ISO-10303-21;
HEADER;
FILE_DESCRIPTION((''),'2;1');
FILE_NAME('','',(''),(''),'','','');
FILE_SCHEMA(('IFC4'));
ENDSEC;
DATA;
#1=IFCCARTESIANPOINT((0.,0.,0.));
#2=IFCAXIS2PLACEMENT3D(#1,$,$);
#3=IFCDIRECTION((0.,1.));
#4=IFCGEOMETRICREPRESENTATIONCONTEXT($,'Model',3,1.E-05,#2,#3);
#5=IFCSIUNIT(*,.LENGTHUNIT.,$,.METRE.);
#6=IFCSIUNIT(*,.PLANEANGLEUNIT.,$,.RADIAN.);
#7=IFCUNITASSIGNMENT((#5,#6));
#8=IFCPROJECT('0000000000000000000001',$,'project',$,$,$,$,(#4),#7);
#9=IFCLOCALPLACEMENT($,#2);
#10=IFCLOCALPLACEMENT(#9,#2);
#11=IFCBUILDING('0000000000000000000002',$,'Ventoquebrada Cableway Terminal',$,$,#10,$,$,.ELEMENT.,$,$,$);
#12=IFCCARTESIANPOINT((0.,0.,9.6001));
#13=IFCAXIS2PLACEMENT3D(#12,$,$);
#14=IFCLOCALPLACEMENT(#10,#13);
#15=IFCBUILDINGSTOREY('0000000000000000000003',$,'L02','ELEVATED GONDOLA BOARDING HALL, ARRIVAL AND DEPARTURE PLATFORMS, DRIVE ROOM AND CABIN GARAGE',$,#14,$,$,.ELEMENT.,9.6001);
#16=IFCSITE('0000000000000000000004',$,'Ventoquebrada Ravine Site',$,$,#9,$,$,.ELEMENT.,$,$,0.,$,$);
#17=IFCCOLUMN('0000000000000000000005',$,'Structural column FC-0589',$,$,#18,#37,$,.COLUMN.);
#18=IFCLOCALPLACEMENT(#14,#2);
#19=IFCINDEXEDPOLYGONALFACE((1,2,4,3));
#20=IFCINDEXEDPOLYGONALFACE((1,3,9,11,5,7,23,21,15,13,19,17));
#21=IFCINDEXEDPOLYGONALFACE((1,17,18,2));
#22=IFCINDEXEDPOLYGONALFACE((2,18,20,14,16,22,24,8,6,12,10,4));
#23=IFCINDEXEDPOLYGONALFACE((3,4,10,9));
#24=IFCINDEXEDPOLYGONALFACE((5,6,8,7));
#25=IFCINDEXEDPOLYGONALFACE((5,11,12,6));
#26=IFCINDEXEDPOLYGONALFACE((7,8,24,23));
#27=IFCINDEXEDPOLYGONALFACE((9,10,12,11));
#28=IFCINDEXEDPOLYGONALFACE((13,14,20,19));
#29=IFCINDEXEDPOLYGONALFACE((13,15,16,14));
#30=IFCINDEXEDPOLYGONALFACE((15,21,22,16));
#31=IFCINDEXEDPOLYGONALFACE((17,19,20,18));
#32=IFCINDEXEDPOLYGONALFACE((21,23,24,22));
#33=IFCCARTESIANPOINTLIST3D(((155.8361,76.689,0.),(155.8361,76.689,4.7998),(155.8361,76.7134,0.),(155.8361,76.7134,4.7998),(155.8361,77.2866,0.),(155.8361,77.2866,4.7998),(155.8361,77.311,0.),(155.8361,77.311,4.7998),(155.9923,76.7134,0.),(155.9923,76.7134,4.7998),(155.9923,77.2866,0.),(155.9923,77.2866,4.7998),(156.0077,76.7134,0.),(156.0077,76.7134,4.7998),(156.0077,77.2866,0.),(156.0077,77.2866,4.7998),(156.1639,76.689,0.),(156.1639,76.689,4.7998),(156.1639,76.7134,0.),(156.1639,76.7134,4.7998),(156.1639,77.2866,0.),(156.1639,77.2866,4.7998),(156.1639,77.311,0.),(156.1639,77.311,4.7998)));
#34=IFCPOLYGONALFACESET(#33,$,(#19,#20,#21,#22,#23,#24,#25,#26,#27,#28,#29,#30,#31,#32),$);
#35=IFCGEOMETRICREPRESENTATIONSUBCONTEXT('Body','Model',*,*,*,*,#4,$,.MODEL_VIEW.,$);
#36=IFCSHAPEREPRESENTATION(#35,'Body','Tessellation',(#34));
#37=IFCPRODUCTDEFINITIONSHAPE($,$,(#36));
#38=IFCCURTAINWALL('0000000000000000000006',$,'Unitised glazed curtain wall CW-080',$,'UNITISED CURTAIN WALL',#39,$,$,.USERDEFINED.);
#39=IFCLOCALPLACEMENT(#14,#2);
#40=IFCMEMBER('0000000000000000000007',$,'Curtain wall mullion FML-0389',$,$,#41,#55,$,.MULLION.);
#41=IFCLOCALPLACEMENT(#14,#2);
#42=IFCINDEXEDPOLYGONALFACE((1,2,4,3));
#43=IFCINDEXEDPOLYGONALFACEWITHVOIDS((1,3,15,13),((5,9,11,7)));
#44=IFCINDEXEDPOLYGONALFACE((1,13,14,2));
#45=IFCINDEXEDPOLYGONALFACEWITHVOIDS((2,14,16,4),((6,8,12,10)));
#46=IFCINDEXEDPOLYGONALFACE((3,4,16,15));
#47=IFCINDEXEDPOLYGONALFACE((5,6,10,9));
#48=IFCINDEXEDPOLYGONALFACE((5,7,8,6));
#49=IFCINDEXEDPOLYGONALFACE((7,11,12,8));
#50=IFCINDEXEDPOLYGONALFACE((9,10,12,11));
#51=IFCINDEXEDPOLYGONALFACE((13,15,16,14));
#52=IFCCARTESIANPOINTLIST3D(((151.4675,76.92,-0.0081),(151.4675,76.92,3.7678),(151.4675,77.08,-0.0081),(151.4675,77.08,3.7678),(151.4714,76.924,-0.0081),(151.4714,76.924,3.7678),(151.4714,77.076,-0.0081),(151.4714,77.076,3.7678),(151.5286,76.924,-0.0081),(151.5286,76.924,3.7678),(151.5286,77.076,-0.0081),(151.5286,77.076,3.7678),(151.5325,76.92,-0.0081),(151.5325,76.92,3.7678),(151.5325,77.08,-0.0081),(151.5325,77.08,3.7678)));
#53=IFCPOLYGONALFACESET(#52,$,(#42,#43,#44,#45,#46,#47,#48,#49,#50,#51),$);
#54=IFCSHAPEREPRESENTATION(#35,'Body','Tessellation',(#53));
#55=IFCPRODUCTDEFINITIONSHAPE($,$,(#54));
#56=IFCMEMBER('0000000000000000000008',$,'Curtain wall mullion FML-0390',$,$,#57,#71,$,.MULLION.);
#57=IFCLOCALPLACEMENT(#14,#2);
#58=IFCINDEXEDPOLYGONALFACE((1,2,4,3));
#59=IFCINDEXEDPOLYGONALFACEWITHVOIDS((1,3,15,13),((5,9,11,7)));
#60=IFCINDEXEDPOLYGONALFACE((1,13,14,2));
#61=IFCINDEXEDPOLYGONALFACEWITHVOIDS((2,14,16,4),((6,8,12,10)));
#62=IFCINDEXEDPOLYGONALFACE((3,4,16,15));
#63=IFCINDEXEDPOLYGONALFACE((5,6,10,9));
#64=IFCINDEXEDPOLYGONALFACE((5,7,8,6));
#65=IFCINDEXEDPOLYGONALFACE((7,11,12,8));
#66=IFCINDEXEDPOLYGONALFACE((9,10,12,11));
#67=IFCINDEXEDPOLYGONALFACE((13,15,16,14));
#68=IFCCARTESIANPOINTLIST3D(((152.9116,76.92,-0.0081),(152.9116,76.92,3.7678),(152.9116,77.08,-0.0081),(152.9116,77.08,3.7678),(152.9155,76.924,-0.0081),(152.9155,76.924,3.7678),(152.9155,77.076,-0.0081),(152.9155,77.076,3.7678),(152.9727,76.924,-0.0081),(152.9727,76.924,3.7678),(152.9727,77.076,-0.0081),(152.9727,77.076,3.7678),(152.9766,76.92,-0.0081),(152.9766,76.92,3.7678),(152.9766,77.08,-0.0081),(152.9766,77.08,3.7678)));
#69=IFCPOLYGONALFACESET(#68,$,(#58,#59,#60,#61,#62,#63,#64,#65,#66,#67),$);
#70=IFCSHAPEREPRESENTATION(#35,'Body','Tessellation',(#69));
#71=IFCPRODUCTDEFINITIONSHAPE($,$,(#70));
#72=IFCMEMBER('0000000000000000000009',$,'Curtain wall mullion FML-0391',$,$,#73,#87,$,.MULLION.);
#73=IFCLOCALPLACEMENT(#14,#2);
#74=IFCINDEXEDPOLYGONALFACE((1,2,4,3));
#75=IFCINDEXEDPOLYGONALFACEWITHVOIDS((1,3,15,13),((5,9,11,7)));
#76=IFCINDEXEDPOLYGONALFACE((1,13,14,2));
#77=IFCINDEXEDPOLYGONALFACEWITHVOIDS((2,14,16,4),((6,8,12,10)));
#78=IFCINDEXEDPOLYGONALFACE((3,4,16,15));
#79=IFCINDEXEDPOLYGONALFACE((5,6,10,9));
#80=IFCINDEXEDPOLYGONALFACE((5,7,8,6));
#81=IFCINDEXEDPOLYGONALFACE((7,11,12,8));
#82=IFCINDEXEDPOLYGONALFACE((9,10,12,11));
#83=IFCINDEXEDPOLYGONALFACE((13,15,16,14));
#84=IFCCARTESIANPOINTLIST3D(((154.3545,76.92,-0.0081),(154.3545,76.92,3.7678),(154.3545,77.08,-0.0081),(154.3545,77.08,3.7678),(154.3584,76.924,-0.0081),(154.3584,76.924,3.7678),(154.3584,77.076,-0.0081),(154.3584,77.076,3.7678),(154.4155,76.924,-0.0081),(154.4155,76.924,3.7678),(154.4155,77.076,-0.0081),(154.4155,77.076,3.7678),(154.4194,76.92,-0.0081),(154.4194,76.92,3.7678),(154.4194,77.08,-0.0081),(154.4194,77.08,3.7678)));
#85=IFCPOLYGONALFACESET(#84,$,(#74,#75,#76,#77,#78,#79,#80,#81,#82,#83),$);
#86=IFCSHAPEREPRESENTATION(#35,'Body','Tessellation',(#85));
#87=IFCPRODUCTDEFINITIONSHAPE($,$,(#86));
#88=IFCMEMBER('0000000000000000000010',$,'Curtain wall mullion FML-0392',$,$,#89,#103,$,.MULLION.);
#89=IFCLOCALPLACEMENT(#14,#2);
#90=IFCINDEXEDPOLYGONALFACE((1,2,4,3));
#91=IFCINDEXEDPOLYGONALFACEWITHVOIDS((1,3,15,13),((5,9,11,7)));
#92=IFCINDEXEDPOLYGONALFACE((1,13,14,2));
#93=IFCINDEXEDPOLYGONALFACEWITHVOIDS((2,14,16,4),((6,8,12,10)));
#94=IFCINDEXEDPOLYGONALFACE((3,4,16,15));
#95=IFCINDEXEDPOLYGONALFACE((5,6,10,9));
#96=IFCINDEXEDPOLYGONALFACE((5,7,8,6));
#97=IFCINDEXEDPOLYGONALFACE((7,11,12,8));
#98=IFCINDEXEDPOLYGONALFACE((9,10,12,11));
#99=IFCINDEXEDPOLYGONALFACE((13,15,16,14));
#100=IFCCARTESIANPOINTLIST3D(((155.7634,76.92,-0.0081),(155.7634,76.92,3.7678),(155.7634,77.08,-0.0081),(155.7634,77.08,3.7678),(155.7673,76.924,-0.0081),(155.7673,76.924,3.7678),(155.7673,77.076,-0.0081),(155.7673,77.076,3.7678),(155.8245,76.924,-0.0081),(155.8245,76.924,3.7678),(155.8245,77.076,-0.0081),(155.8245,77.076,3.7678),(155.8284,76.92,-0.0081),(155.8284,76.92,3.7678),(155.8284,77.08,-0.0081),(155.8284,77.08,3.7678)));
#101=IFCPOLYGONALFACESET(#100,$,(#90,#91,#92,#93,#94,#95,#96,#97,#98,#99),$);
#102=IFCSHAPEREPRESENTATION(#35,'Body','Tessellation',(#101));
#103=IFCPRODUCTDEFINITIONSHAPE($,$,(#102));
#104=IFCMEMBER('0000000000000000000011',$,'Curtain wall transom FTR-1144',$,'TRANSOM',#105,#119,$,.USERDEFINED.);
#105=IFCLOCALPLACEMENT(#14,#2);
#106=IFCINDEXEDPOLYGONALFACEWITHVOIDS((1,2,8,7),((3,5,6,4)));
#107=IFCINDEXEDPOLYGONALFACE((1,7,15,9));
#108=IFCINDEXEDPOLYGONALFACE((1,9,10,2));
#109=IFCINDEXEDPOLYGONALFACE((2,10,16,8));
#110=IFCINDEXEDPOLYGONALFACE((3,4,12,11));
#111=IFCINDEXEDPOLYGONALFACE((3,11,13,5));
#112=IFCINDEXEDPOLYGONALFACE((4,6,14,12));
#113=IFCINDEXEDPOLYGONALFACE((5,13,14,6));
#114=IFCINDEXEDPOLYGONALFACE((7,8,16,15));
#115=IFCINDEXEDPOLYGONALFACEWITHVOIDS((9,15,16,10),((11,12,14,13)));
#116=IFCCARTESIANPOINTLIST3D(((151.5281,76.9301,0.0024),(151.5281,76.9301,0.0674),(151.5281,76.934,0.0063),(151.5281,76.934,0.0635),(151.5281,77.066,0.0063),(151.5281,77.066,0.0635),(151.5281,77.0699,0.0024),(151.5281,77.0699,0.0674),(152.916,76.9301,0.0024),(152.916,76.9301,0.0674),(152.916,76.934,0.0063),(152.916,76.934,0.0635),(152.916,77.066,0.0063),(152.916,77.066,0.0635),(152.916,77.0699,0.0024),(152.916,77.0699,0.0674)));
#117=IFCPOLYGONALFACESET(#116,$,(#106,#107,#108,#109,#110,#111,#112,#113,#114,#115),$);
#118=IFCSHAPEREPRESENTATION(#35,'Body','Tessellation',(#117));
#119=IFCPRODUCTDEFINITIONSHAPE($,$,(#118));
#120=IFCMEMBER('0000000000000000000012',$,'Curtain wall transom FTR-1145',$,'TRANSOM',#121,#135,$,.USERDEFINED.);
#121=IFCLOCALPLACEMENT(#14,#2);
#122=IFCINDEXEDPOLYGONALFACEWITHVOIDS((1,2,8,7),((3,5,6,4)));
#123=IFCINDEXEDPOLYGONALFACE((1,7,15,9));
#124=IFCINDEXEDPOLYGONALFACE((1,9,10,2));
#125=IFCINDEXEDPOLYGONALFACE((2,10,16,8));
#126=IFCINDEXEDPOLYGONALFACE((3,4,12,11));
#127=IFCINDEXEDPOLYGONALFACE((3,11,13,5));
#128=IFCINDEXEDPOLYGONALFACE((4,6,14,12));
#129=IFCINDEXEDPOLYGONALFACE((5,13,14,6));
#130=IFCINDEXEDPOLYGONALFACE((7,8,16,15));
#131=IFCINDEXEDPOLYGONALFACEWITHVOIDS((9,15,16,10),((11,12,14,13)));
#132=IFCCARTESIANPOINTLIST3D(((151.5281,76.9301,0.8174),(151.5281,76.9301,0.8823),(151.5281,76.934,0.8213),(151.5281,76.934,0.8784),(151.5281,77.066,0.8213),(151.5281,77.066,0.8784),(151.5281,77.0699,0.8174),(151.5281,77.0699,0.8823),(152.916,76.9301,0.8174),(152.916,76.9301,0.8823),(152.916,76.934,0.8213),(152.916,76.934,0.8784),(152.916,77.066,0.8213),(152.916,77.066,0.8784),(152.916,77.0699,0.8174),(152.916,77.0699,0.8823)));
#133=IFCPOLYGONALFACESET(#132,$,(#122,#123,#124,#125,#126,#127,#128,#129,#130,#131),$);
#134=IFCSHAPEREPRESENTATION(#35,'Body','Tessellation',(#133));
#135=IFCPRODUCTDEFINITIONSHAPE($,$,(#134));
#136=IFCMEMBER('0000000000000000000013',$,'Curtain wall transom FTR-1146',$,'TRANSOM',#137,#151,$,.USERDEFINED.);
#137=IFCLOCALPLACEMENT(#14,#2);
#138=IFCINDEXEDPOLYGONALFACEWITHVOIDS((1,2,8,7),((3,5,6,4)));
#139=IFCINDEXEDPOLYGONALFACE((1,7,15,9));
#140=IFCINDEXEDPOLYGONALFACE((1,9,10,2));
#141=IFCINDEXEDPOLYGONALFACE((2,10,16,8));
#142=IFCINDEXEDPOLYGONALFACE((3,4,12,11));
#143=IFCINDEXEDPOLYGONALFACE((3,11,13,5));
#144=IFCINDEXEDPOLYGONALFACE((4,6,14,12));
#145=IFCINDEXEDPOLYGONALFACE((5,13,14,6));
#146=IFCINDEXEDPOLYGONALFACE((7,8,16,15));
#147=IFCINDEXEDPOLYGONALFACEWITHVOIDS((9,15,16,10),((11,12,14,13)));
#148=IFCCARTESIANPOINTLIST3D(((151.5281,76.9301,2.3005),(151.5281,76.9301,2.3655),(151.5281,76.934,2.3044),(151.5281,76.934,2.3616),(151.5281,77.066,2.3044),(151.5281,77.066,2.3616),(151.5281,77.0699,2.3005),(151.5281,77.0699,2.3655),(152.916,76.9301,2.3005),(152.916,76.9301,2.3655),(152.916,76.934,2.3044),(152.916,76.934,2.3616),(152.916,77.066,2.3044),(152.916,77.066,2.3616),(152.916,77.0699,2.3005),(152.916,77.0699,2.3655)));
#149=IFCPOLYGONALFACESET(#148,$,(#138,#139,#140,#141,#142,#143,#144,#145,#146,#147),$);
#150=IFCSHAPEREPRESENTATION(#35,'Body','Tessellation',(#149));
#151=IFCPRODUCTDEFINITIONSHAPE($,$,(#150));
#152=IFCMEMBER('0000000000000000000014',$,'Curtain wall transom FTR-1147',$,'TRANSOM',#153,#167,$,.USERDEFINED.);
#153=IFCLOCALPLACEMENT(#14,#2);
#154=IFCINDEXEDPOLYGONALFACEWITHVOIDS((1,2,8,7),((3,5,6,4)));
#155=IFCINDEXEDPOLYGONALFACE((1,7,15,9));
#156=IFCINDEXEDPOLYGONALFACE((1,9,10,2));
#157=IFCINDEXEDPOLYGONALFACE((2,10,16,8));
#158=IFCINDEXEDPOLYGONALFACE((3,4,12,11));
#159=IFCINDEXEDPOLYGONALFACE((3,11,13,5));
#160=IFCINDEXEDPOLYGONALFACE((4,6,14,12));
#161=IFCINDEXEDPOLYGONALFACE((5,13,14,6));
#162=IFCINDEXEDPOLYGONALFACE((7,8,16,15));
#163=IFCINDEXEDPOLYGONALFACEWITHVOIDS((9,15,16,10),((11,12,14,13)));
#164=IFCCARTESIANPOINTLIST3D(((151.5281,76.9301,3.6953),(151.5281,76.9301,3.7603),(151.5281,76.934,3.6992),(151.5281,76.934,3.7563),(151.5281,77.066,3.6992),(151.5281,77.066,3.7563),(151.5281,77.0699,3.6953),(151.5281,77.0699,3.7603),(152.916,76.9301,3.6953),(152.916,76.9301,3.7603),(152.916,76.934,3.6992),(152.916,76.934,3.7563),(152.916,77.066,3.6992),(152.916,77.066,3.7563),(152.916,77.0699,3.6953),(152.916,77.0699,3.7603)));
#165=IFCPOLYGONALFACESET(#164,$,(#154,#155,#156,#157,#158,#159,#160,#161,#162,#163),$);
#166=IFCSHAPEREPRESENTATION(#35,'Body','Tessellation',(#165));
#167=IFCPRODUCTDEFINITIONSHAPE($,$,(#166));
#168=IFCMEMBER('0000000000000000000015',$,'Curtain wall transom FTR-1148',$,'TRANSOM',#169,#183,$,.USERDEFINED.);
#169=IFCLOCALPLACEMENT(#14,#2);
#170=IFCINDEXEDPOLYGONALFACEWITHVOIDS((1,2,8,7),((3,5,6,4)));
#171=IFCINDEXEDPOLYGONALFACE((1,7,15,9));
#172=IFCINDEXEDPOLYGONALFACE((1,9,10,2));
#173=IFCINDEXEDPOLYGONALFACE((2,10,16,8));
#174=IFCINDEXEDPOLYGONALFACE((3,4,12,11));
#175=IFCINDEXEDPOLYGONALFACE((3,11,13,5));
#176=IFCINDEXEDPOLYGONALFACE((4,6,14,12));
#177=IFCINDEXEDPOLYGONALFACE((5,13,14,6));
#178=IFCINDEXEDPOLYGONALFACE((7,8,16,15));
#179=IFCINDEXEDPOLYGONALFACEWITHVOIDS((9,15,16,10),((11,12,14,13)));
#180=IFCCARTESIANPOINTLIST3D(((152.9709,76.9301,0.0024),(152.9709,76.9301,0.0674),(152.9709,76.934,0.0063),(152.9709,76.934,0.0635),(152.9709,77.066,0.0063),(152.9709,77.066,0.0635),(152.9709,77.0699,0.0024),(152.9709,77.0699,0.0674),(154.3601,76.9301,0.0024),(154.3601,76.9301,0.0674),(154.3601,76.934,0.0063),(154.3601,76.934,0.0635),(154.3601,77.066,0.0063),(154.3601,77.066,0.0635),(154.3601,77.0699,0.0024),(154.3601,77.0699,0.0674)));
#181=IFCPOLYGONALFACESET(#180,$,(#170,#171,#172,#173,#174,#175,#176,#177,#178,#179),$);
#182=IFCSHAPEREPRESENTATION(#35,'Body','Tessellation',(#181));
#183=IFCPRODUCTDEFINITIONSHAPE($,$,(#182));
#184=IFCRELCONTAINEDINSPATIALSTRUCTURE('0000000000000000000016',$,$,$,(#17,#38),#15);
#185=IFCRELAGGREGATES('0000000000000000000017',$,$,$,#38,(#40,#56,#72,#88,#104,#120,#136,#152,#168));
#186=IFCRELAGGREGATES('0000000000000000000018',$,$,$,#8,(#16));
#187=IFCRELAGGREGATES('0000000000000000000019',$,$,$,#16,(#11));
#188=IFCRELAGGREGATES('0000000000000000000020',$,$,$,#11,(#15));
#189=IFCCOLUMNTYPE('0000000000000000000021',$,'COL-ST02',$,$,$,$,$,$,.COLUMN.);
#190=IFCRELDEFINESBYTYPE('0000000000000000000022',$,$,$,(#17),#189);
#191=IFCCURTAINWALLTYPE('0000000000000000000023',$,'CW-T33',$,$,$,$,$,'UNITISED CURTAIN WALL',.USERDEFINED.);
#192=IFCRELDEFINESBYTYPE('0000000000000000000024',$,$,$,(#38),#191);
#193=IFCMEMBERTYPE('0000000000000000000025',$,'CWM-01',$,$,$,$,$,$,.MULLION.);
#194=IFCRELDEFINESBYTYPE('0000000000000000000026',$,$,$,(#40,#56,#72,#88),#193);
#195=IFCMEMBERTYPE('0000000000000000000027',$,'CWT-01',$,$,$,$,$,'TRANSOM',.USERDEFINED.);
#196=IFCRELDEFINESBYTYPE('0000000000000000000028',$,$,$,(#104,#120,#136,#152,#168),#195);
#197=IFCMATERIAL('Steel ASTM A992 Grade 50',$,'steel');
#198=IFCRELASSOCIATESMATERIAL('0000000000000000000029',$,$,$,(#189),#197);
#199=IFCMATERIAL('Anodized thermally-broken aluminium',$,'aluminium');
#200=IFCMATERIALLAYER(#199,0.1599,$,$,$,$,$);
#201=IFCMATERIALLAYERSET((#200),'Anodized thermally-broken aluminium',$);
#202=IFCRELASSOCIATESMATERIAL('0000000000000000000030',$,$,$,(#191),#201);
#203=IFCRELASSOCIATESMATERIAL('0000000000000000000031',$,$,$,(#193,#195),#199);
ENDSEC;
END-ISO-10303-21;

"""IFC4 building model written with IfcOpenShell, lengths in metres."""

from ifc_helpers import new_model, si_unit, direction, frame, origin, origin_2d, place, context, subcontext, project, spatial, hollow_rectangle, i_section, extrude, material, layer, layer_set, material_profile, profile_set, type_object, element, aggregate, save


model = new_model("IFC4")

# Units and contexts
model_context = context("Model", 3, precision=1e-05, world=origin(), true_north=direction((0.0, 1.0)))
body_context = subcontext(model_context, "Body", "Model", "MODEL_VIEW")
ifc_project = project(units=[si_unit("LENGTHUNIT", "METRE"), si_unit("PLANEANGLEUNIT", "RADIAN")], contexts=[model_context])

# Site, building, storey
site_placement = place(None, origin())
site = spatial("IfcSite", under=ifc_project, at=site_placement, Name="Ventoquebrada Ravine Site", CompositionType="ELEMENT", RefElevation=0.0)
building_placement = place(site_placement, origin())
building = spatial("IfcBuilding", under=site, at=building_placement, Name="Ventoquebrada Cableway Terminal", CompositionType="ELEMENT")
storey_placement = place(building_placement, frame((0.0, 0.0, 9.6001)))
storey = spatial("IfcBuildingStorey", under=building, at=storey_placement, Name="L02", Description="ELEVATED GONDOLA BOARDING HALL, ARRIVAL AND DEPARTURE PLATFORMS, DRIVE ROOM AND CABIN GARAGE", CompositionType="ELEMENT", Elevation=9.6001)

# Column
ifc_material_1 = material(Name="Steel ASTM A992 Grade 50", Category="steel")
ifc_material_profile_1 = material_profile(ifc_material_1, i_section(OverallWidth=0.3279, OverallDepth=0.6221, WebThickness=0.0154, FlangeThickness=0.0244, at=origin_2d()), Name="W24X131")
ifc_profile_set_1 = profile_set([ifc_material_profile_1], Name="Steel ASTM A992 Grade 50")
column_type = type_object("IfcColumnType", Name="COL-ST02", PredefinedType="COLUMN", material=ifc_profile_set_1)
column_placement = place(storey_placement, frame((156.0, 77.0, 0.0), z_axis=(0.0, 0.0, 1.0), x_axis=(1.0, 0.0, 0.0)))
element("IfcColumn", 1, at=column_placement, inside=storey, type_object=column_type, Name="Structural column FC-0589", PredefinedType="COLUMN", context=body_context, shape_type="SweptSolid", body=[
    extrude(i_section(OverallWidth=0.3279, OverallDepth=0.6221, WebThickness=0.0154, FlangeThickness=0.0244, at=origin_2d()), origin(), (0.0, 0.0, 1.0), 4.7998),
])

# Curtain wall, members
ifc_material_2 = material(Name="Anodized thermally-broken aluminium", Category="aluminium")
ifc_layer_1 = layer(ifc_material_2, 0.1599)
ifc_layer_set_1 = layer_set([ifc_layer_1], Name="Anodized thermally-broken aluminium")
curtain_wall_type = type_object("IfcCurtainWallType", Name="CW-T33", ElementType="UNITISED CURTAIN WALL", PredefinedType="USERDEFINED", material=ifc_layer_set_1)
curtain_wall_placement = place(storey_placement, origin())
curtain_wall = element("IfcCurtainWall", 2, at=curtain_wall_placement, inside=storey, type_object=curtain_wall_type, Name="Unitised glazed curtain wall CW-080", ObjectType="UNITISED CURTAIN WALL", PredefinedType="USERDEFINED")
ifc_material_profile_2 = material_profile(ifc_material_2, hollow_rectangle(XDim=0.0649, YDim=0.1599, WallThickness=0.0039, at=origin_2d()), Name="CW-MUL-65X160")
ifc_profile_set_2 = profile_set([ifc_material_profile_2], Name="Anodized thermally-broken aluminium")
member_type_1 = type_object("IfcMemberType", Name="CWM-01", PredefinedType="MULLION", material=ifc_profile_set_2)
member_1_placement = place(storey_placement, frame((151.5, 77.0, -0.0081), z_axis=(0.0, 0.0, 1.0), x_axis=(1.0, 0.0, 0.0)))
member_1 = element("IfcMember", 3, at=member_1_placement, type_object=member_type_1, Name="Curtain wall mullion FML-0389", PredefinedType="MULLION", context=body_context, shape_type="SweptSolid", body=[
    extrude(hollow_rectangle(XDim=0.0649, YDim=0.1599, WallThickness=0.0039, at=origin_2d()), origin(), (0.0, 0.0, 1.0), 3.7759),
])
member_2_placement = place(storey_placement, frame((152.9441, 77.0, -0.0081), z_axis=(0.0, 0.0, 1.0), x_axis=(1.0, 0.0, 0.0)))
member_2 = element("IfcMember", 4, at=member_2_placement, type_object=member_type_1, Name="Curtain wall mullion FML-0390", PredefinedType="MULLION", context=body_context, shape_type="SweptSolid", body=[
    extrude(hollow_rectangle(XDim=0.0649, YDim=0.1599, WallThickness=0.0039, at=origin_2d()), origin(), (0.0, 0.0, 1.0), 3.7759),
])
member_3_placement = place(storey_placement, frame((154.387, 77.0, -0.0081), z_axis=(0.0, 0.0, 1.0), x_axis=(1.0, 0.0, 0.0)))
member_3 = element("IfcMember", 5, at=member_3_placement, type_object=member_type_1, Name="Curtain wall mullion FML-0391", PredefinedType="MULLION", context=body_context, shape_type="SweptSolid", body=[
    extrude(hollow_rectangle(XDim=0.0649, YDim=0.1599, WallThickness=0.0039, at=origin_2d()), origin(), (0.0, 0.0, 1.0), 3.7759),
])
member_4_placement = place(storey_placement, frame((155.7959, 77.0, -0.0081), z_axis=(0.0, 0.0, 1.0), x_axis=(1.0, 0.0, 0.0)))
member_4 = element("IfcMember", 6, at=member_4_placement, type_object=member_type_1, Name="Curtain wall mullion FML-0392", PredefinedType="MULLION", context=body_context, shape_type="SweptSolid", body=[
    extrude(hollow_rectangle(XDim=0.0649, YDim=0.1599, WallThickness=0.0039, at=origin_2d()), origin(), (0.0, 0.0, 1.0), 3.7759),
])
ifc_material_profile_3 = material_profile(ifc_material_2, hollow_rectangle(XDim=0.0649, YDim=0.1399, WallThickness=0.0039, at=origin_2d()), Name="CW-TRN-65X140")
ifc_profile_set_3 = profile_set([ifc_material_profile_3], Name="Anodized thermally-broken aluminium")
member_type_2 = type_object("IfcMemberType", Name="CWT-01", ElementType="TRANSOM", PredefinedType="USERDEFINED", material=ifc_profile_set_3)
member_5_placement = place(storey_placement, frame((151.5281, 77.0, 0.0349), z_axis=(1.0, 0.0, 0.0), x_axis=(0.0, 0.0, 1.0)))
member_5 = element("IfcMember", 7, at=member_5_placement, type_object=member_type_2, Name="Curtain wall transom FTR-1144", ObjectType="TRANSOM", PredefinedType="USERDEFINED", context=body_context, shape_type="SweptSolid", body=[
    extrude(hollow_rectangle(XDim=0.0649, YDim=0.1399, WallThickness=0.0039, at=origin_2d()), origin(), (0.0, 0.0, 1.0), 1.3879),
])
member_6_placement = place(storey_placement, frame((151.5281, 77.0, 0.8499), z_axis=(1.0, 0.0, 0.0), x_axis=(0.0, 0.0, 1.0)))
member_6 = element("IfcMember", 8, at=member_6_placement, type_object=member_type_2, Name="Curtain wall transom FTR-1145", ObjectType="TRANSOM", PredefinedType="USERDEFINED", context=body_context, shape_type="SweptSolid", body=[
    extrude(hollow_rectangle(XDim=0.0649, YDim=0.1399, WallThickness=0.0039, at=origin_2d()), origin(), (0.0, 0.0, 1.0), 1.3879),
])
member_7_placement = place(storey_placement, frame((151.5281, 77.0, 2.333), z_axis=(1.0, 0.0, 0.0), x_axis=(0.0, 0.0, 1.0)))
member_7 = element("IfcMember", 9, at=member_7_placement, type_object=member_type_2, Name="Curtain wall transom FTR-1146", ObjectType="TRANSOM", PredefinedType="USERDEFINED", context=body_context, shape_type="SweptSolid", body=[
    extrude(hollow_rectangle(XDim=0.0649, YDim=0.1399, WallThickness=0.0039, at=origin_2d()), origin(), (0.0, 0.0, 1.0), 1.3879),
])
member_8_placement = place(storey_placement, frame((151.5281, 77.0, 3.7278), z_axis=(1.0, 0.0, 0.0), x_axis=(0.0, 0.0, 1.0)))
member_8 = element("IfcMember", 10, at=member_8_placement, type_object=member_type_2, Name="Curtain wall transom FTR-1147", ObjectType="TRANSOM", PredefinedType="USERDEFINED", context=body_context, shape_type="SweptSolid", body=[
    extrude(hollow_rectangle(XDim=0.0649, YDim=0.1399, WallThickness=0.0039, at=origin_2d()), origin(), (0.0, 0.0, 1.0), 1.3879),
])
member_9_placement = place(storey_placement, frame((152.9709, 77.0, 0.0349), z_axis=(1.0, 0.0, 0.0), x_axis=(0.0, 0.0, 1.0)))
member_9 = element("IfcMember", 11, at=member_9_placement, type_object=member_type_2, Name="Curtain wall transom FTR-1148", ObjectType="TRANSOM", PredefinedType="USERDEFINED", context=body_context, shape_type="SweptSolid", body=[
    extrude(hollow_rectangle(XDim=0.0649, YDim=0.1399, WallThickness=0.0039, at=origin_2d()), origin(), (0.0, 0.0, 1.0), 1.3892),
])
aggregate(curtain_wall, [member_1, member_2, member_3, member_4, member_5, member_6, member_7, member_8, member_9])

save(model, "model.ifc")
